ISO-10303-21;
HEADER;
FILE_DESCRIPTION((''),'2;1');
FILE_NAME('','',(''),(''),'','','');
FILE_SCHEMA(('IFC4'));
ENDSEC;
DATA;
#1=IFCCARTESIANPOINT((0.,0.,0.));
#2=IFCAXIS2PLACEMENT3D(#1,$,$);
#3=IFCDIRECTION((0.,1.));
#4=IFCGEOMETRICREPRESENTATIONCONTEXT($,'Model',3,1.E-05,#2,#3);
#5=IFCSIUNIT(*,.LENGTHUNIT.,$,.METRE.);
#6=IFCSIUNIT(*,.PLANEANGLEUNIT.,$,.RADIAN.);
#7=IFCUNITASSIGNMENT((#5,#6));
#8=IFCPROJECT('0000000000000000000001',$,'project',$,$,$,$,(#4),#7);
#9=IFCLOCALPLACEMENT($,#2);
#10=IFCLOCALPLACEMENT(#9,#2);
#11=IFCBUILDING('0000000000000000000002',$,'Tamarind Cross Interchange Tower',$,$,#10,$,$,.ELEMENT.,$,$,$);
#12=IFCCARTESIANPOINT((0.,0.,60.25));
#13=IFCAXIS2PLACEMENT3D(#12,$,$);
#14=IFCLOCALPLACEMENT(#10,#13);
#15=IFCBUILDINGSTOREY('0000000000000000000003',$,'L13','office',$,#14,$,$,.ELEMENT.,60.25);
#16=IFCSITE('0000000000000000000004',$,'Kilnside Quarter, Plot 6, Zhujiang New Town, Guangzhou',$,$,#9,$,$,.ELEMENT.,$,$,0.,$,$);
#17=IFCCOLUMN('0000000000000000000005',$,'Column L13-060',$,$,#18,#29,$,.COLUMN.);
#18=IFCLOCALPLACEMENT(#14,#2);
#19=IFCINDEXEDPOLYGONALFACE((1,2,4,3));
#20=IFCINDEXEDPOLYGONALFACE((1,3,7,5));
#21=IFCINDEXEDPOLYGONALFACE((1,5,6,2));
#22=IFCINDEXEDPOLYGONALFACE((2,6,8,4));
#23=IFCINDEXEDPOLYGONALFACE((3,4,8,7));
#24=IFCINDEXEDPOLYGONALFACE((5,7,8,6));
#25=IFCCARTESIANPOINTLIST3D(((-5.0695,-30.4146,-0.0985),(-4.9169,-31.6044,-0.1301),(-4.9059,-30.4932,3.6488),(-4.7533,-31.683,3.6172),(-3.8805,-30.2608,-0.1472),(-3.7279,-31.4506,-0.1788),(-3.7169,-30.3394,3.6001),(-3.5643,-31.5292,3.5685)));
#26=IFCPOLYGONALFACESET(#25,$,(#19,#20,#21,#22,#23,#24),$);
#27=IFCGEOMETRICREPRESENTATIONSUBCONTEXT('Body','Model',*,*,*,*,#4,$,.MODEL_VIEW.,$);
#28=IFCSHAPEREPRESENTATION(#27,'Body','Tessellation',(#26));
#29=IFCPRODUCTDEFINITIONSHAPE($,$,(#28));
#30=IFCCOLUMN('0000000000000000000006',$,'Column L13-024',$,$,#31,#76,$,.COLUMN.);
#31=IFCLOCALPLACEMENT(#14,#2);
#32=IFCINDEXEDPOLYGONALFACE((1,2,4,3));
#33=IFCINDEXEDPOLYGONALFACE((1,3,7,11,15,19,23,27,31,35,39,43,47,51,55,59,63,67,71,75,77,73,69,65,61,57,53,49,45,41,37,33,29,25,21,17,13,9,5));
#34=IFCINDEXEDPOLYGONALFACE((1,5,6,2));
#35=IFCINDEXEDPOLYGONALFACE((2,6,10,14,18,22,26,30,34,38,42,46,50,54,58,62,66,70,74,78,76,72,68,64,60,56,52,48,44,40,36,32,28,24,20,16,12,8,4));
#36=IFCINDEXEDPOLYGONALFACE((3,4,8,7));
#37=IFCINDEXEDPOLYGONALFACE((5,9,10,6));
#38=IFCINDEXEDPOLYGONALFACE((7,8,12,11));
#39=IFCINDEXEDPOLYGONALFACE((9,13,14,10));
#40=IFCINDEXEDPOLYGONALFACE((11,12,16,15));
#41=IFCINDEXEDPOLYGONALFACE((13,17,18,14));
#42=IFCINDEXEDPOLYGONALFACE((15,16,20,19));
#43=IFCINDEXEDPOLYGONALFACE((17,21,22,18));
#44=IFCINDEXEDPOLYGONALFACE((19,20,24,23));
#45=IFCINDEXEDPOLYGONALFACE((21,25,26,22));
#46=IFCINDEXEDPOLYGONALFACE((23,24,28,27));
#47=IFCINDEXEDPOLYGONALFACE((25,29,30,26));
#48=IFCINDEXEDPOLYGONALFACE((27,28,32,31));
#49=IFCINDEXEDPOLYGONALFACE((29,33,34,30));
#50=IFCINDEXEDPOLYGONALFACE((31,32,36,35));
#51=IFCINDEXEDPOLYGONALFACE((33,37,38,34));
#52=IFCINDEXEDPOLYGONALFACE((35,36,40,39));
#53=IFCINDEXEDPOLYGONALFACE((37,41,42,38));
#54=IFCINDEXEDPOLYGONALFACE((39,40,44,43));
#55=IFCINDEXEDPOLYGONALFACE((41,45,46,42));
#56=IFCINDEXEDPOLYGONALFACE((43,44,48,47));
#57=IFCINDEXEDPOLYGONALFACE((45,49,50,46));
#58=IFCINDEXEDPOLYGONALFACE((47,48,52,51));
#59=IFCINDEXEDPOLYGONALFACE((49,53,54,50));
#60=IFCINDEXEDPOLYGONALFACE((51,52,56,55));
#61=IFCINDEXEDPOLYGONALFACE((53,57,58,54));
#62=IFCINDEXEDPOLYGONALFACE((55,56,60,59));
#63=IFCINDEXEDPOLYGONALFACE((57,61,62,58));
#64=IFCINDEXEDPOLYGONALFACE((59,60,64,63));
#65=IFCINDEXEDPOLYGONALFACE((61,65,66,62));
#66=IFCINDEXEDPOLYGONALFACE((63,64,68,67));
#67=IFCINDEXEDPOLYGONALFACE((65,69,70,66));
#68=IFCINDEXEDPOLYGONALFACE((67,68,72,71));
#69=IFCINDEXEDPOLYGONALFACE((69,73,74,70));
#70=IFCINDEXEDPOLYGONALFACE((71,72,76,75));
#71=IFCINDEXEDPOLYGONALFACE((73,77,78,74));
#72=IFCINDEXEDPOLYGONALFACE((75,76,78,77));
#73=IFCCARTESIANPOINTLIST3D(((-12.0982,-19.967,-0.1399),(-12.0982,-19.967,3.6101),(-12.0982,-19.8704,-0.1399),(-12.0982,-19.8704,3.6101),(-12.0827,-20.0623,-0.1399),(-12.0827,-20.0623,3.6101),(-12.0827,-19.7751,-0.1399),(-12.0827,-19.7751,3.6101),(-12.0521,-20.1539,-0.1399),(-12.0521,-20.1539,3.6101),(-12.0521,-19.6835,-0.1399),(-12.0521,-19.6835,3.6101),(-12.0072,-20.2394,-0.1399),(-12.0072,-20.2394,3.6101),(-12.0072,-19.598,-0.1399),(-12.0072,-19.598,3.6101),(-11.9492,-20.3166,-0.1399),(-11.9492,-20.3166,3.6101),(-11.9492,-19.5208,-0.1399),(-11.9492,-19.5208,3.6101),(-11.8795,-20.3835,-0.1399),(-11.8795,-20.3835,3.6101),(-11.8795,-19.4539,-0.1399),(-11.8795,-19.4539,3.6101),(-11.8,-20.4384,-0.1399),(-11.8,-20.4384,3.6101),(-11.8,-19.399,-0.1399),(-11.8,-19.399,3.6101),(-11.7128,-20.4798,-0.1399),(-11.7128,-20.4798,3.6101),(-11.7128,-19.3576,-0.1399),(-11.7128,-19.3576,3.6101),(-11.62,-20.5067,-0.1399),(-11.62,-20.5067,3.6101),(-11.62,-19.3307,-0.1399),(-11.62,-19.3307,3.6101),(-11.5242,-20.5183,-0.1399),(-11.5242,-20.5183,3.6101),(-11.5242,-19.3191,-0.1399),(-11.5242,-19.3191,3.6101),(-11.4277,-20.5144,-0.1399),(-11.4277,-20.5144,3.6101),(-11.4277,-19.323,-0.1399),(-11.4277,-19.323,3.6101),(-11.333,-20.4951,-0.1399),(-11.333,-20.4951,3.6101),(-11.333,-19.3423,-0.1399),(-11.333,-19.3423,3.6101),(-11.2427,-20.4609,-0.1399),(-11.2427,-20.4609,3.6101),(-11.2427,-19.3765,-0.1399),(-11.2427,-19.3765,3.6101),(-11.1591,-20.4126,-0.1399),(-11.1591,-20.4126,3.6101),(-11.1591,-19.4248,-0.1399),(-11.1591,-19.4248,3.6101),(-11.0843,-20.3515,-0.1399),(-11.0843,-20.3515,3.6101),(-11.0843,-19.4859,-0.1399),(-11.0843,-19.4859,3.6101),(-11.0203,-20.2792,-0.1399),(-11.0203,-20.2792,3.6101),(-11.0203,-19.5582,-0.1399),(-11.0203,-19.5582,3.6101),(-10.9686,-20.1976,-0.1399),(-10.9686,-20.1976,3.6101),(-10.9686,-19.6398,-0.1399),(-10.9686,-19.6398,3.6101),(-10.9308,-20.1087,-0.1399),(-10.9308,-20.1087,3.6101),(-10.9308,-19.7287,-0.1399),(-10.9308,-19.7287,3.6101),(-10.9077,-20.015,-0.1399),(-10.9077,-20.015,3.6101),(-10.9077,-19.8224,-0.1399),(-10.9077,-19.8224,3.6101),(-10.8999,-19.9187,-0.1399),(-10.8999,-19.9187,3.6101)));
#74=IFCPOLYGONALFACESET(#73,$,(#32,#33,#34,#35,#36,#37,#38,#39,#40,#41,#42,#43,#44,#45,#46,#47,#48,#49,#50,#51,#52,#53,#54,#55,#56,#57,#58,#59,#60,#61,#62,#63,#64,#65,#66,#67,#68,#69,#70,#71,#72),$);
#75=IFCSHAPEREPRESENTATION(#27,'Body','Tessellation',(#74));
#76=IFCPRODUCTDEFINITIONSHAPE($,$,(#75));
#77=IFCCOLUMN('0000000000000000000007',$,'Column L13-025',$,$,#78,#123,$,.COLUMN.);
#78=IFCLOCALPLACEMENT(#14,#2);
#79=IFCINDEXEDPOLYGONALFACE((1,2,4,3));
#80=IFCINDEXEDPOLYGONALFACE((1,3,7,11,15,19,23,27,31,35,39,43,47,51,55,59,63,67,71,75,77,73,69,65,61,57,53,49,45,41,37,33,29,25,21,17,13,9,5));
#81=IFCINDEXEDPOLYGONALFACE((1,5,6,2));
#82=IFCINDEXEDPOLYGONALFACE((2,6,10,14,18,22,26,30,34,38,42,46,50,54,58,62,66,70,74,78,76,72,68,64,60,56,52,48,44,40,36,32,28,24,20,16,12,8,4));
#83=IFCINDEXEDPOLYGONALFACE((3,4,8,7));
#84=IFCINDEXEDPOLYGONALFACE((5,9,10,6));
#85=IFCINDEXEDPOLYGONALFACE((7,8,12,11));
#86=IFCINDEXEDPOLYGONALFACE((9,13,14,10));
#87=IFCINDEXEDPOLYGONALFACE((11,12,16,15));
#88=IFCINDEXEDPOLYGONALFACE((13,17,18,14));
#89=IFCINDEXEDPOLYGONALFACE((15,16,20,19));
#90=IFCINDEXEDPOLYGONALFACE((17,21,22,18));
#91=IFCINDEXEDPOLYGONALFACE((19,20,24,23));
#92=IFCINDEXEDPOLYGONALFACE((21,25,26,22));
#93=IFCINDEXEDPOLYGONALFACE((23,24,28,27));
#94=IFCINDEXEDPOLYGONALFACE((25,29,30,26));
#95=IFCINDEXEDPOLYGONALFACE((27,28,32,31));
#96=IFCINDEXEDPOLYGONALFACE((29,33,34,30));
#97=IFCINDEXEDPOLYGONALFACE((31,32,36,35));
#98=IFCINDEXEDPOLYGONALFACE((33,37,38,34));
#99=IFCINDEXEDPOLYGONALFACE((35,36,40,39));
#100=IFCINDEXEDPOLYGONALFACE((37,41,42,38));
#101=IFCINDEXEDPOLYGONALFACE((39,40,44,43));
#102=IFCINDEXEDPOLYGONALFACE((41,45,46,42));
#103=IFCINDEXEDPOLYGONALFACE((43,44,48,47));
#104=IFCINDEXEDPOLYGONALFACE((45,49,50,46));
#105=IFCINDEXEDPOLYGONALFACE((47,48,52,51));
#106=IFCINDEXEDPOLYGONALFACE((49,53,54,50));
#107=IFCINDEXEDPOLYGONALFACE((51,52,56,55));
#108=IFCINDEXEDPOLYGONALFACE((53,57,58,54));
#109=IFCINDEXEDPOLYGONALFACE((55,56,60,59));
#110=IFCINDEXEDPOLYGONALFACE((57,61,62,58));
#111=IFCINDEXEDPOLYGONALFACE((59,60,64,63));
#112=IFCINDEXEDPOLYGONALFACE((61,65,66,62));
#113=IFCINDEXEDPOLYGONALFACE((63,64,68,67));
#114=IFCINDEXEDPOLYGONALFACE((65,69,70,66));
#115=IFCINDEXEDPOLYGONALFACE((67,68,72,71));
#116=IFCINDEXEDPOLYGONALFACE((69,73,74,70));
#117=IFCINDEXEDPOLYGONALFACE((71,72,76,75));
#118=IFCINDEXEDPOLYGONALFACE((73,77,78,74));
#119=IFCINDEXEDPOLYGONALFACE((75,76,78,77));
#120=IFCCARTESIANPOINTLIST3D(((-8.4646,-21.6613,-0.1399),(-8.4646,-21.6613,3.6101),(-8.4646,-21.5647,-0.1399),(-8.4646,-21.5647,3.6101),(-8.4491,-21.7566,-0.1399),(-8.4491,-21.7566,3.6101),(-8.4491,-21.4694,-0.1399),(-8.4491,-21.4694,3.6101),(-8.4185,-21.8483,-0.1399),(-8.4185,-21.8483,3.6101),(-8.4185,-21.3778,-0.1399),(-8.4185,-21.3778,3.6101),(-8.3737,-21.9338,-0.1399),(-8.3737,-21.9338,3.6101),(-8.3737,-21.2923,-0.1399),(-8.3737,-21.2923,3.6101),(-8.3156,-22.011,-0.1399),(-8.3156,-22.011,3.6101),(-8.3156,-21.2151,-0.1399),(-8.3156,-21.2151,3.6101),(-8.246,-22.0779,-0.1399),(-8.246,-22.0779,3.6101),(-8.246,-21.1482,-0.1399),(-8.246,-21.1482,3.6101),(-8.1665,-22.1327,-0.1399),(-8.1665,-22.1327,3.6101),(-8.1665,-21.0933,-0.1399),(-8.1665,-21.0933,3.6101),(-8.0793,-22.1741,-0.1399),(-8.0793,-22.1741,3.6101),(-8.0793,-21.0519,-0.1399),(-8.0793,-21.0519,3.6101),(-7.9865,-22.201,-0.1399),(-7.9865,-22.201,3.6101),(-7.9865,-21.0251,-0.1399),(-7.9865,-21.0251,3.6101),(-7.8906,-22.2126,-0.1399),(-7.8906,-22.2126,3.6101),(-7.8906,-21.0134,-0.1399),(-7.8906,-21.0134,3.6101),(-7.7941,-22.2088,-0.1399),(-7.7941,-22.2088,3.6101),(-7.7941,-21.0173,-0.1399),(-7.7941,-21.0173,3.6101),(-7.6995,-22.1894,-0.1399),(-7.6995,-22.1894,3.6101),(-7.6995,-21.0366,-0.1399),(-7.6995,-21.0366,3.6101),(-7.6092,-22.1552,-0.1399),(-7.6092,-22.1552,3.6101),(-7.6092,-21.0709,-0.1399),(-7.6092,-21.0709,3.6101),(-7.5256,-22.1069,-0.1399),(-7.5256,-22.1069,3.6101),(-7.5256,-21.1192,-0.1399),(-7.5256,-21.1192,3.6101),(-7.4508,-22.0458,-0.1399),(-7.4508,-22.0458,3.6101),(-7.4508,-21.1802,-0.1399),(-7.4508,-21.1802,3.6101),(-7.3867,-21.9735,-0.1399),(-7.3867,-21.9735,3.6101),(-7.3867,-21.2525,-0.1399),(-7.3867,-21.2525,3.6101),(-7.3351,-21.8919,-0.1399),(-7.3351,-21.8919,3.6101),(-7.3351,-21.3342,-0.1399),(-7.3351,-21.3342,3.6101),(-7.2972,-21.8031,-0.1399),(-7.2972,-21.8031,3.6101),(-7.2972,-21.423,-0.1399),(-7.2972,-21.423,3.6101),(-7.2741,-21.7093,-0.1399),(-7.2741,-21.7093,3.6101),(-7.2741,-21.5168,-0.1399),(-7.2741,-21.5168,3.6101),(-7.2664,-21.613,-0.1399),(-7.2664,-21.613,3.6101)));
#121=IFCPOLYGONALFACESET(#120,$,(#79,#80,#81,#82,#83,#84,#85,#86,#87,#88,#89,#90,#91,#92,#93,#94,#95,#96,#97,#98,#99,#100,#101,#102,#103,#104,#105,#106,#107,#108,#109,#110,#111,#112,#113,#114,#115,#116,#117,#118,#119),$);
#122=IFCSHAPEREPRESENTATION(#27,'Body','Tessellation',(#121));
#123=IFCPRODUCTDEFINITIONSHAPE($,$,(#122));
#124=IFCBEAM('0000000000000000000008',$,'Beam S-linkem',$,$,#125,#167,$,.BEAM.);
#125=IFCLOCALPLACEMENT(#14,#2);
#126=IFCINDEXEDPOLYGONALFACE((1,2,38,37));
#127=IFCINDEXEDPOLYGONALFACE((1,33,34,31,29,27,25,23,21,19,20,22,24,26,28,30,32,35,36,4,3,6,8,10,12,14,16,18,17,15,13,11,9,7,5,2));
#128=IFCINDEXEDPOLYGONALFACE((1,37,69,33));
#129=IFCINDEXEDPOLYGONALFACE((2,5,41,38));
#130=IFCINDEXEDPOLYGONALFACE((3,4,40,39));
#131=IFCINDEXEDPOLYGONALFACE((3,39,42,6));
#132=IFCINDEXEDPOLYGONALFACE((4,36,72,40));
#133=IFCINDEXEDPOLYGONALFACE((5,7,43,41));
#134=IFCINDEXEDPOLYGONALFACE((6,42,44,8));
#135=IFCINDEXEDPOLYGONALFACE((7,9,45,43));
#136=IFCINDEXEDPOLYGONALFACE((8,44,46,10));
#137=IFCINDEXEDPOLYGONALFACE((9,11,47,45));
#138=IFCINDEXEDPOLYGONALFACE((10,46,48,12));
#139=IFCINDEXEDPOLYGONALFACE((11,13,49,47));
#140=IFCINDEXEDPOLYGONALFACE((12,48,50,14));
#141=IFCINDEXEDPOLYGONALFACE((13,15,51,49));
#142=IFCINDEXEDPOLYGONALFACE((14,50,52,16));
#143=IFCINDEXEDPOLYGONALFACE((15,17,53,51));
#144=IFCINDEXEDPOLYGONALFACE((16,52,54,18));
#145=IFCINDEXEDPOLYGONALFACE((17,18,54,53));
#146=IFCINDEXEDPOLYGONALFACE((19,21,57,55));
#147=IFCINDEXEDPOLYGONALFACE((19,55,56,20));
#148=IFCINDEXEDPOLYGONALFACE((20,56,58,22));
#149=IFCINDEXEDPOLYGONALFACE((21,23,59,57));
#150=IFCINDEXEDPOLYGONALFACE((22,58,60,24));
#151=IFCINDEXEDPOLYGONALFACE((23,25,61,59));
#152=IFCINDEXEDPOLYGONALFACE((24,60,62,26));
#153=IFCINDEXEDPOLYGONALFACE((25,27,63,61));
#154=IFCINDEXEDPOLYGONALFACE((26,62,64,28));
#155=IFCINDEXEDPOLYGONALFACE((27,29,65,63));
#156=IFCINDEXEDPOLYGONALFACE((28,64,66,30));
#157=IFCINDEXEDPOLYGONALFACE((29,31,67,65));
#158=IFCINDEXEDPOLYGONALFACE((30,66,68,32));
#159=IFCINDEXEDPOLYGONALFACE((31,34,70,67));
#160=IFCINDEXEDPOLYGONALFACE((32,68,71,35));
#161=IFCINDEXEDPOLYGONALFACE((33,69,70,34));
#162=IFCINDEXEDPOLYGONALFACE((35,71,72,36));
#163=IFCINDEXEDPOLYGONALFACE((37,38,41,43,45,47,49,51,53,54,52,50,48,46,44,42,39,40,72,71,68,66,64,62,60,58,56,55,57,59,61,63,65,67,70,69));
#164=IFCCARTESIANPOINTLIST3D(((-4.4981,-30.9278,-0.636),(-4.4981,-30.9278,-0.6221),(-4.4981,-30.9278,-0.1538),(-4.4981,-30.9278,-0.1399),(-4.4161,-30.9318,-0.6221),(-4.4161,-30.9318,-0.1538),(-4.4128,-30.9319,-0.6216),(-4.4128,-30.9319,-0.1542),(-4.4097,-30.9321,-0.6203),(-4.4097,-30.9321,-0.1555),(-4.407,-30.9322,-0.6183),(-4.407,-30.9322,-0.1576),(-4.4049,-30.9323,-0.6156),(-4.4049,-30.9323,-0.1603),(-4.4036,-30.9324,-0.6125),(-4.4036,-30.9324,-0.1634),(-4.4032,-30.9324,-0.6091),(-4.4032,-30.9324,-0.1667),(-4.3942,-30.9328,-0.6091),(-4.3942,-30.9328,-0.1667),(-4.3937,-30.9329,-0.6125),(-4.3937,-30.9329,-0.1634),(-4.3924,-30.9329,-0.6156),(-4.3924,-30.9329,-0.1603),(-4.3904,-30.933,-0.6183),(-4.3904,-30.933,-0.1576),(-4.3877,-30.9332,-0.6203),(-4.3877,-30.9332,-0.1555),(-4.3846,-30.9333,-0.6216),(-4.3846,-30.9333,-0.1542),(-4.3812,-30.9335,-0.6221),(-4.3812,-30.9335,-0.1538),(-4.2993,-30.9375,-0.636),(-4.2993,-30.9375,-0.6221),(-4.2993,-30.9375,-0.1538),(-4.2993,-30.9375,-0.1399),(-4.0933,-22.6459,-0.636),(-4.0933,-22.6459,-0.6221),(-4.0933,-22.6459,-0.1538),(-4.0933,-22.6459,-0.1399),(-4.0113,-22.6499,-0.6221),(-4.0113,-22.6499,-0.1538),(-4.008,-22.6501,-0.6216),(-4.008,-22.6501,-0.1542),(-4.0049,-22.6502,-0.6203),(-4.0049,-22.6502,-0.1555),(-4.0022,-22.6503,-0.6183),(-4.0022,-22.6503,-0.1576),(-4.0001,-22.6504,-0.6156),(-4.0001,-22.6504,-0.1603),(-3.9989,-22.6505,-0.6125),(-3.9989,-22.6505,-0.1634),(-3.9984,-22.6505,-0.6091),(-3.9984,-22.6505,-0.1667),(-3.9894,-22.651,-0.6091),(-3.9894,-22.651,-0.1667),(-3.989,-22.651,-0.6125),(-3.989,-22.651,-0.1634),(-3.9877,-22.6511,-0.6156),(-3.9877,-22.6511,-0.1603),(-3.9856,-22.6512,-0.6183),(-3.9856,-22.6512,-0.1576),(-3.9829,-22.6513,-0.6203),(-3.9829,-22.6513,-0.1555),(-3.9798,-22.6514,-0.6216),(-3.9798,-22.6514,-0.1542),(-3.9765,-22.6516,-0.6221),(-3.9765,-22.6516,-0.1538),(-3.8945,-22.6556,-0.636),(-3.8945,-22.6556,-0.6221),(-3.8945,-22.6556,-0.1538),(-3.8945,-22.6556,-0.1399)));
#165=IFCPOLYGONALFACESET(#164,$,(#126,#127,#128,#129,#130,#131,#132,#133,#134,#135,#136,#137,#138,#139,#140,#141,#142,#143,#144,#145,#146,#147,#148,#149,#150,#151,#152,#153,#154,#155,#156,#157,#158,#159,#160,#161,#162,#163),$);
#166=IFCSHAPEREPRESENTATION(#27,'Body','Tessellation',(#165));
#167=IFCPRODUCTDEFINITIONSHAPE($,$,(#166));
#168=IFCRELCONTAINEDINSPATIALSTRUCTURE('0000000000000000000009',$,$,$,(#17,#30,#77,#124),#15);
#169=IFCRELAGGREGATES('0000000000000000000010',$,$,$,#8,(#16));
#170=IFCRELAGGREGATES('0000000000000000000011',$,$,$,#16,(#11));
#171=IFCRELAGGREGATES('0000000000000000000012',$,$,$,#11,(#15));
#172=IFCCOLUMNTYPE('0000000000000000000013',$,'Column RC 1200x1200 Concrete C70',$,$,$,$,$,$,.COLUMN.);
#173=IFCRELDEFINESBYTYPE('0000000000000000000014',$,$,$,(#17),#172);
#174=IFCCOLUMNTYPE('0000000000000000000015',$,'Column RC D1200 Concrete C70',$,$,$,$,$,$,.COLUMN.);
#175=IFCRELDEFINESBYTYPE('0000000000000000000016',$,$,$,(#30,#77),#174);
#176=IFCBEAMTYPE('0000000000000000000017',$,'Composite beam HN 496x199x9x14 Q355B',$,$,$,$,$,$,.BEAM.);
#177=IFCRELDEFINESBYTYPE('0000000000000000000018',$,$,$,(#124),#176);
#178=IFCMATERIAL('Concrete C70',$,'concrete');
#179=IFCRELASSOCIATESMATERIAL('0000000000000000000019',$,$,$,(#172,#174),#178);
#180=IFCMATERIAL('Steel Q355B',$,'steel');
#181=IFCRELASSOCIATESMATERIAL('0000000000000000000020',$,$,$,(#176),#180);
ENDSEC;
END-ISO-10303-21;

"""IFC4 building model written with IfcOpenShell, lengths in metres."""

from ifc_helpers import new_model, si_unit, direction, frame, origin, origin_2d, place, context, subcontext, project, spatial, rectangle, circle, i_section, extrude, material, material_profile, profile_set, type_object, element, save


model = new_model("IFC4")

# Units and contexts
model_context = context("Model", 3, precision=1e-05, world=origin(), true_north=direction((0.0, 1.0)))
body_context = subcontext(model_context, "Body", "Model", "MODEL_VIEW")
ifc_project = project(units=[si_unit("LENGTHUNIT", "METRE"), si_unit("PLANEANGLEUNIT", "RADIAN")], contexts=[model_context])

# Site, building, storey
site_placement = place(None, origin())
site = spatial("IfcSite", under=ifc_project, at=site_placement, Name="Kilnside Quarter, Plot 6, Zhujiang New Town, Guangzhou", CompositionType="ELEMENT", RefElevation=0.0)
building_placement = place(site_placement, origin())
building = spatial("IfcBuilding", under=site, at=building_placement, Name="Tamarind Cross Interchange Tower", CompositionType="ELEMENT")
storey_placement = place(building_placement, frame((0.0, 0.0, 60.25)))
storey = spatial("IfcBuildingStorey", under=building, at=storey_placement, Name="L13", Description="office", CompositionType="ELEMENT", Elevation=60.25)

# Columns
ifc_material_1 = material(Name="Concrete C70", Category="concrete")
ifc_material_profile_1 = material_profile(ifc_material_1, rectangle(XDim=1.2, YDim=1.2, at=origin_2d()), Name="RC 1200x1200")
ifc_profile_set_1 = profile_set([ifc_material_profile_1], Name="Concrete C70")
column_type_1 = type_object("IfcColumnType", Name="Column RC 1200x1200 Concrete C70", PredefinedType="COLUMN", material=ifc_profile_set_1)
column_placement = place(storey_placement, frame((-4.3987, -30.9326, -0.1387), z_axis=(0.0436, -0.020954, 0.998829), x_axis=(-0.12717, 0.991531, 0.026352)))
element("IfcColumn", 1, at=column_placement, inside=storey, type_object=column_type_1, Name="Column L13-060", PredefinedType="COLUMN", context=body_context, shape_type="SweptSolid", body=[
    extrude(rectangle(XDim=1.2, YDim=1.2, at=origin_2d()), origin(), (0.0, 0.0, 1.0), 3.7517),
])
ifc_material_profile_2 = material_profile(ifc_material_1, circle(Radius=0.6001, at=origin_2d()), Name="RC D1200")
ifc_profile_set_2 = profile_set([ifc_material_profile_2], Name="Concrete C70")
column_type_2 = type_object("IfcColumnType", Name="Column RC D1200 Concrete C70", PredefinedType="COLUMN", material=ifc_profile_set_2)
for number, where, z_axis, x_axis, name in (
    (2, (-11.5, -19.9187, -0.1399), (0.0, 0.0, 1.0), (1.0, 0.0, 0.0), "Column L13-024"),
    (3, (-7.8665, -21.613, -0.1399), (0.0, 0.0, 1.0), (1.0, 0.0, 0.0), "Column L13-025"),
):
    element("IfcColumn", number, at=place(storey_placement, frame(where, z_axis=z_axis, x_axis=x_axis)), inside=storey, type_object=column_type_2, Name=name, PredefinedType="COLUMN", context=body_context, shape_type="SweptSolid", body=[
        extrude(circle(Radius=0.6001, at=origin_2d()), origin(), (0.0, 0.0, 1.0), 3.75),
    ])

# Beam
ifc_material_2 = material(Name="Steel Q355B", Category="steel")
ifc_material_profile_3 = material_profile(ifc_material_2, i_section(OverallWidth=0.199, OverallDepth=0.4961, WebThickness=0.009, FlangeThickness=0.0139, FilletRadius=0.0129, at=origin_2d()), Name="HN 496x199x9x14")
ifc_profile_set_3 = profile_set([ifc_material_profile_3], Name="Steel Q355B")
beam_type_1 = type_object("IfcBeamType", Name="Composite beam HN 496x199x9x14 Q355B", PredefinedType="BEAM", material=ifc_profile_set_3)
beam_1_placement = place(storey_placement, frame((-4.3987, -30.9326, -0.3879), z_axis=(0.048817, 0.998808, 0.0), x_axis=(-0.998808, 0.048817, 0.0)))
element("IfcBeam", 4, at=beam_1_placement, inside=storey, type_object=beam_type_1, Name="Beam S-linkem", PredefinedType="BEAM", context=body_context, shape_type="SweptSolid", body=[
    extrude(i_section(OverallWidth=0.199, OverallDepth=0.4961, WebThickness=0.009, FlangeThickness=0.0139, FilletRadius=0.0129, at=origin_2d()), origin(), (0.0, 0.0, 1.0), 8.2917),
])

save(model, "model.ifc")
